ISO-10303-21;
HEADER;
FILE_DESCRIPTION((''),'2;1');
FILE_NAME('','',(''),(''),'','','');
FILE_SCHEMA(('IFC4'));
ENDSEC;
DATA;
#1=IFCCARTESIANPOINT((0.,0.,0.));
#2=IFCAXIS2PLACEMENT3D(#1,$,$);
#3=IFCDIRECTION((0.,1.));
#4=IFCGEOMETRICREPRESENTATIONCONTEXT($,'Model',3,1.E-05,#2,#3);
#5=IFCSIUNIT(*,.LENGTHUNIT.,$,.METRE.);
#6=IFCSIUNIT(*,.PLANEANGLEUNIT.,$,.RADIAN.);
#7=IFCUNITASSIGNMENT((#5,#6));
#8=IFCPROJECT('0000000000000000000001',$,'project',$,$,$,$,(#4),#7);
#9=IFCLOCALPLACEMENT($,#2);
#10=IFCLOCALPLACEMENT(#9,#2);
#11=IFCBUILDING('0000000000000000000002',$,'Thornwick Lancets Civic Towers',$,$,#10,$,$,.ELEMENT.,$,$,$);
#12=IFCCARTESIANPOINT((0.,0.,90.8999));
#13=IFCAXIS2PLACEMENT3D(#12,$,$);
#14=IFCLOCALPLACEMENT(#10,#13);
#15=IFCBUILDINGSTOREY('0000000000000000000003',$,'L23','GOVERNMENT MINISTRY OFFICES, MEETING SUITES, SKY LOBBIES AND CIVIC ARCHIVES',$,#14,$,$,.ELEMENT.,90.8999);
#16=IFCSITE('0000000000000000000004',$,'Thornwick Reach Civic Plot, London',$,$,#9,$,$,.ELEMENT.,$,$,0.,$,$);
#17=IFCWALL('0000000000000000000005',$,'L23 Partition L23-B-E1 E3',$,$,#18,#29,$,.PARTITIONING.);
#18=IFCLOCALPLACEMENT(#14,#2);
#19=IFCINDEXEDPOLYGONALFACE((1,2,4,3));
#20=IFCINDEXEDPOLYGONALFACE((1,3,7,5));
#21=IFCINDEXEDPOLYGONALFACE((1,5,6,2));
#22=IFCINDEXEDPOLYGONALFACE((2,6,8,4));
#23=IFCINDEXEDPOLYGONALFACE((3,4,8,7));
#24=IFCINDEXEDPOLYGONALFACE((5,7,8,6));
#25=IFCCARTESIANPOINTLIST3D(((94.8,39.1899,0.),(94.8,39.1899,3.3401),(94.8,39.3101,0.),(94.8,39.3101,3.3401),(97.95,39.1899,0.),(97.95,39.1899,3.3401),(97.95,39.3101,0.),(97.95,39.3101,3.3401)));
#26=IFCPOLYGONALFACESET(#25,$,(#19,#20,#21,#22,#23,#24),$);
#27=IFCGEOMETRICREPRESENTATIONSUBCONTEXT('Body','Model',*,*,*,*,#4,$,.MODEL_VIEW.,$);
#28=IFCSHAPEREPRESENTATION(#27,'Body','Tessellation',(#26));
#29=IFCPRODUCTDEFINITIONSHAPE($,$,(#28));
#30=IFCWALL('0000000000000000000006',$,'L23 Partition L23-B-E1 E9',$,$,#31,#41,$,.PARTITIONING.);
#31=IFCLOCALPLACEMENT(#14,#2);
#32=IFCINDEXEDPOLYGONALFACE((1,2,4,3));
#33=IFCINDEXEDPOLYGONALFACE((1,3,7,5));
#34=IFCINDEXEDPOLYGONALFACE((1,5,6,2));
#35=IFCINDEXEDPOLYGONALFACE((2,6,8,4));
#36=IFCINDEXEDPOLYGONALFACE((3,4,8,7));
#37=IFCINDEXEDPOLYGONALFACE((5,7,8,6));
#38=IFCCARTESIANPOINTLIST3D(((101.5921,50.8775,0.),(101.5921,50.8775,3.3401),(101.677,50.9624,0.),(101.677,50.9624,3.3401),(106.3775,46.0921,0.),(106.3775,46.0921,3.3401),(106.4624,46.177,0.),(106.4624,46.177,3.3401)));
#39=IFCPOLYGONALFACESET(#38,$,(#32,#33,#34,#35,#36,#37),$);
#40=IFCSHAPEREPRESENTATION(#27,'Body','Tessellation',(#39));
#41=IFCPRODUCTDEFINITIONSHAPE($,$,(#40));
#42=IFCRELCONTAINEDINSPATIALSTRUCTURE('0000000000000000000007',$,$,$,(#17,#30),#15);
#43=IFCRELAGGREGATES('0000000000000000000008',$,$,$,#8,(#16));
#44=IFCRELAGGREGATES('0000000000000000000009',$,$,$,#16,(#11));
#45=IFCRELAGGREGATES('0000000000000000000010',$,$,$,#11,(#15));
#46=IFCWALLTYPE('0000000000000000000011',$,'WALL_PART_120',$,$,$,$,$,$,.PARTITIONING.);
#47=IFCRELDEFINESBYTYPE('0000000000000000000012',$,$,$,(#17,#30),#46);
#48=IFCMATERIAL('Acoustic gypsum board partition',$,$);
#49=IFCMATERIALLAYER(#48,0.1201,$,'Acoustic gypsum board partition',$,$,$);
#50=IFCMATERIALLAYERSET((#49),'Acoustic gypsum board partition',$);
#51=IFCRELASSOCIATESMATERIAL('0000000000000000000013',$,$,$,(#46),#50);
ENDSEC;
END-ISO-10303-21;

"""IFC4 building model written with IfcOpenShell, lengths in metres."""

from ifc_helpers import new_model, si_unit, direction, frame, frame_2d, origin, place, context, subcontext, project, spatial, rectangle, extrude, material, layer, layer_set, type_object, element, save


model = new_model("IFC4")

# Units and contexts
model_context = context("Model", 3, precision=1e-05, world=origin(), true_north=direction((0.0, 1.0)))
body_context = subcontext(model_context, "Body", "Model", "MODEL_VIEW")
ifc_project = project(units=[si_unit("LENGTHUNIT", "METRE"), si_unit("PLANEANGLEUNIT", "RADIAN")], contexts=[model_context])

# Site, building, storey
site_placement = place(None, origin())
site = spatial("IfcSite", under=ifc_project, at=site_placement, Name="Thornwick Reach Civic Plot, London", CompositionType="ELEMENT", RefElevation=0.0)
building_placement = place(site_placement, origin())
building = spatial("IfcBuilding", under=site, at=building_placement, Name="Thornwick Lancets Civic Towers", CompositionType="ELEMENT")
storey_placement = place(building_placement, frame((0.0, 0.0, 90.8999)))
storey = spatial("IfcBuildingStorey", under=building, at=storey_placement, Name="L23", Description="GOVERNMENT MINISTRY OFFICES, MEETING SUITES, SKY LOBBIES AND CIVIC ARCHIVES", CompositionType="ELEMENT", Elevation=90.8999)

# Walls
ifc_material_1 = material(Name="Acoustic gypsum board partition")
ifc_layer_1 = layer(ifc_material_1, 0.1201, Name="Acoustic gypsum board partition")
ifc_layer_set_1 = layer_set([ifc_layer_1], Name="Acoustic gypsum board partition")
wall_type_1 = type_object("IfcWallType", Name="WALL_PART_120", PredefinedType="PARTITIONING", material=ifc_layer_set_1)
wall_1_placement = place(storey_placement, frame((97.95, 39.25, 0.0), z_axis=(0.0, 0.0, 1.0), x_axis=(-1.0, 0.0, 0.0)))
element("IfcWall", 1, at=wall_1_placement, inside=storey, type_object=wall_type_1, Name="L23 Partition L23-B-E1 E3", PredefinedType="PARTITIONING", context=body_context, shape_type="SweptSolid", body=[
    extrude(rectangle(XDim=3.1499, YDim=0.1201, at=frame_2d((1.575, 0.0))), origin(), (0.0, 0.0, 1.0), 3.3401),
])
wall_2_placement = place(storey_placement, frame((101.6345, 50.9199, 0.0), z_axis=(0.0, 0.0, 1.0), x_axis=(0.707107, -0.707107, 0.0)))
element("IfcWall", 2, at=wall_2_placement, inside=storey, type_object=wall_type_1, Name="L23 Partition L23-B-E1 E9", PredefinedType="PARTITIONING", context=body_context, shape_type="SweptSolid", body=[
    extrude(rectangle(XDim=6.7676, YDim=0.1201, at=frame_2d((3.3838, 0.0))), origin(), (0.0, 0.0, 1.0), 3.3401),
])

save(model, "model.ifc")
